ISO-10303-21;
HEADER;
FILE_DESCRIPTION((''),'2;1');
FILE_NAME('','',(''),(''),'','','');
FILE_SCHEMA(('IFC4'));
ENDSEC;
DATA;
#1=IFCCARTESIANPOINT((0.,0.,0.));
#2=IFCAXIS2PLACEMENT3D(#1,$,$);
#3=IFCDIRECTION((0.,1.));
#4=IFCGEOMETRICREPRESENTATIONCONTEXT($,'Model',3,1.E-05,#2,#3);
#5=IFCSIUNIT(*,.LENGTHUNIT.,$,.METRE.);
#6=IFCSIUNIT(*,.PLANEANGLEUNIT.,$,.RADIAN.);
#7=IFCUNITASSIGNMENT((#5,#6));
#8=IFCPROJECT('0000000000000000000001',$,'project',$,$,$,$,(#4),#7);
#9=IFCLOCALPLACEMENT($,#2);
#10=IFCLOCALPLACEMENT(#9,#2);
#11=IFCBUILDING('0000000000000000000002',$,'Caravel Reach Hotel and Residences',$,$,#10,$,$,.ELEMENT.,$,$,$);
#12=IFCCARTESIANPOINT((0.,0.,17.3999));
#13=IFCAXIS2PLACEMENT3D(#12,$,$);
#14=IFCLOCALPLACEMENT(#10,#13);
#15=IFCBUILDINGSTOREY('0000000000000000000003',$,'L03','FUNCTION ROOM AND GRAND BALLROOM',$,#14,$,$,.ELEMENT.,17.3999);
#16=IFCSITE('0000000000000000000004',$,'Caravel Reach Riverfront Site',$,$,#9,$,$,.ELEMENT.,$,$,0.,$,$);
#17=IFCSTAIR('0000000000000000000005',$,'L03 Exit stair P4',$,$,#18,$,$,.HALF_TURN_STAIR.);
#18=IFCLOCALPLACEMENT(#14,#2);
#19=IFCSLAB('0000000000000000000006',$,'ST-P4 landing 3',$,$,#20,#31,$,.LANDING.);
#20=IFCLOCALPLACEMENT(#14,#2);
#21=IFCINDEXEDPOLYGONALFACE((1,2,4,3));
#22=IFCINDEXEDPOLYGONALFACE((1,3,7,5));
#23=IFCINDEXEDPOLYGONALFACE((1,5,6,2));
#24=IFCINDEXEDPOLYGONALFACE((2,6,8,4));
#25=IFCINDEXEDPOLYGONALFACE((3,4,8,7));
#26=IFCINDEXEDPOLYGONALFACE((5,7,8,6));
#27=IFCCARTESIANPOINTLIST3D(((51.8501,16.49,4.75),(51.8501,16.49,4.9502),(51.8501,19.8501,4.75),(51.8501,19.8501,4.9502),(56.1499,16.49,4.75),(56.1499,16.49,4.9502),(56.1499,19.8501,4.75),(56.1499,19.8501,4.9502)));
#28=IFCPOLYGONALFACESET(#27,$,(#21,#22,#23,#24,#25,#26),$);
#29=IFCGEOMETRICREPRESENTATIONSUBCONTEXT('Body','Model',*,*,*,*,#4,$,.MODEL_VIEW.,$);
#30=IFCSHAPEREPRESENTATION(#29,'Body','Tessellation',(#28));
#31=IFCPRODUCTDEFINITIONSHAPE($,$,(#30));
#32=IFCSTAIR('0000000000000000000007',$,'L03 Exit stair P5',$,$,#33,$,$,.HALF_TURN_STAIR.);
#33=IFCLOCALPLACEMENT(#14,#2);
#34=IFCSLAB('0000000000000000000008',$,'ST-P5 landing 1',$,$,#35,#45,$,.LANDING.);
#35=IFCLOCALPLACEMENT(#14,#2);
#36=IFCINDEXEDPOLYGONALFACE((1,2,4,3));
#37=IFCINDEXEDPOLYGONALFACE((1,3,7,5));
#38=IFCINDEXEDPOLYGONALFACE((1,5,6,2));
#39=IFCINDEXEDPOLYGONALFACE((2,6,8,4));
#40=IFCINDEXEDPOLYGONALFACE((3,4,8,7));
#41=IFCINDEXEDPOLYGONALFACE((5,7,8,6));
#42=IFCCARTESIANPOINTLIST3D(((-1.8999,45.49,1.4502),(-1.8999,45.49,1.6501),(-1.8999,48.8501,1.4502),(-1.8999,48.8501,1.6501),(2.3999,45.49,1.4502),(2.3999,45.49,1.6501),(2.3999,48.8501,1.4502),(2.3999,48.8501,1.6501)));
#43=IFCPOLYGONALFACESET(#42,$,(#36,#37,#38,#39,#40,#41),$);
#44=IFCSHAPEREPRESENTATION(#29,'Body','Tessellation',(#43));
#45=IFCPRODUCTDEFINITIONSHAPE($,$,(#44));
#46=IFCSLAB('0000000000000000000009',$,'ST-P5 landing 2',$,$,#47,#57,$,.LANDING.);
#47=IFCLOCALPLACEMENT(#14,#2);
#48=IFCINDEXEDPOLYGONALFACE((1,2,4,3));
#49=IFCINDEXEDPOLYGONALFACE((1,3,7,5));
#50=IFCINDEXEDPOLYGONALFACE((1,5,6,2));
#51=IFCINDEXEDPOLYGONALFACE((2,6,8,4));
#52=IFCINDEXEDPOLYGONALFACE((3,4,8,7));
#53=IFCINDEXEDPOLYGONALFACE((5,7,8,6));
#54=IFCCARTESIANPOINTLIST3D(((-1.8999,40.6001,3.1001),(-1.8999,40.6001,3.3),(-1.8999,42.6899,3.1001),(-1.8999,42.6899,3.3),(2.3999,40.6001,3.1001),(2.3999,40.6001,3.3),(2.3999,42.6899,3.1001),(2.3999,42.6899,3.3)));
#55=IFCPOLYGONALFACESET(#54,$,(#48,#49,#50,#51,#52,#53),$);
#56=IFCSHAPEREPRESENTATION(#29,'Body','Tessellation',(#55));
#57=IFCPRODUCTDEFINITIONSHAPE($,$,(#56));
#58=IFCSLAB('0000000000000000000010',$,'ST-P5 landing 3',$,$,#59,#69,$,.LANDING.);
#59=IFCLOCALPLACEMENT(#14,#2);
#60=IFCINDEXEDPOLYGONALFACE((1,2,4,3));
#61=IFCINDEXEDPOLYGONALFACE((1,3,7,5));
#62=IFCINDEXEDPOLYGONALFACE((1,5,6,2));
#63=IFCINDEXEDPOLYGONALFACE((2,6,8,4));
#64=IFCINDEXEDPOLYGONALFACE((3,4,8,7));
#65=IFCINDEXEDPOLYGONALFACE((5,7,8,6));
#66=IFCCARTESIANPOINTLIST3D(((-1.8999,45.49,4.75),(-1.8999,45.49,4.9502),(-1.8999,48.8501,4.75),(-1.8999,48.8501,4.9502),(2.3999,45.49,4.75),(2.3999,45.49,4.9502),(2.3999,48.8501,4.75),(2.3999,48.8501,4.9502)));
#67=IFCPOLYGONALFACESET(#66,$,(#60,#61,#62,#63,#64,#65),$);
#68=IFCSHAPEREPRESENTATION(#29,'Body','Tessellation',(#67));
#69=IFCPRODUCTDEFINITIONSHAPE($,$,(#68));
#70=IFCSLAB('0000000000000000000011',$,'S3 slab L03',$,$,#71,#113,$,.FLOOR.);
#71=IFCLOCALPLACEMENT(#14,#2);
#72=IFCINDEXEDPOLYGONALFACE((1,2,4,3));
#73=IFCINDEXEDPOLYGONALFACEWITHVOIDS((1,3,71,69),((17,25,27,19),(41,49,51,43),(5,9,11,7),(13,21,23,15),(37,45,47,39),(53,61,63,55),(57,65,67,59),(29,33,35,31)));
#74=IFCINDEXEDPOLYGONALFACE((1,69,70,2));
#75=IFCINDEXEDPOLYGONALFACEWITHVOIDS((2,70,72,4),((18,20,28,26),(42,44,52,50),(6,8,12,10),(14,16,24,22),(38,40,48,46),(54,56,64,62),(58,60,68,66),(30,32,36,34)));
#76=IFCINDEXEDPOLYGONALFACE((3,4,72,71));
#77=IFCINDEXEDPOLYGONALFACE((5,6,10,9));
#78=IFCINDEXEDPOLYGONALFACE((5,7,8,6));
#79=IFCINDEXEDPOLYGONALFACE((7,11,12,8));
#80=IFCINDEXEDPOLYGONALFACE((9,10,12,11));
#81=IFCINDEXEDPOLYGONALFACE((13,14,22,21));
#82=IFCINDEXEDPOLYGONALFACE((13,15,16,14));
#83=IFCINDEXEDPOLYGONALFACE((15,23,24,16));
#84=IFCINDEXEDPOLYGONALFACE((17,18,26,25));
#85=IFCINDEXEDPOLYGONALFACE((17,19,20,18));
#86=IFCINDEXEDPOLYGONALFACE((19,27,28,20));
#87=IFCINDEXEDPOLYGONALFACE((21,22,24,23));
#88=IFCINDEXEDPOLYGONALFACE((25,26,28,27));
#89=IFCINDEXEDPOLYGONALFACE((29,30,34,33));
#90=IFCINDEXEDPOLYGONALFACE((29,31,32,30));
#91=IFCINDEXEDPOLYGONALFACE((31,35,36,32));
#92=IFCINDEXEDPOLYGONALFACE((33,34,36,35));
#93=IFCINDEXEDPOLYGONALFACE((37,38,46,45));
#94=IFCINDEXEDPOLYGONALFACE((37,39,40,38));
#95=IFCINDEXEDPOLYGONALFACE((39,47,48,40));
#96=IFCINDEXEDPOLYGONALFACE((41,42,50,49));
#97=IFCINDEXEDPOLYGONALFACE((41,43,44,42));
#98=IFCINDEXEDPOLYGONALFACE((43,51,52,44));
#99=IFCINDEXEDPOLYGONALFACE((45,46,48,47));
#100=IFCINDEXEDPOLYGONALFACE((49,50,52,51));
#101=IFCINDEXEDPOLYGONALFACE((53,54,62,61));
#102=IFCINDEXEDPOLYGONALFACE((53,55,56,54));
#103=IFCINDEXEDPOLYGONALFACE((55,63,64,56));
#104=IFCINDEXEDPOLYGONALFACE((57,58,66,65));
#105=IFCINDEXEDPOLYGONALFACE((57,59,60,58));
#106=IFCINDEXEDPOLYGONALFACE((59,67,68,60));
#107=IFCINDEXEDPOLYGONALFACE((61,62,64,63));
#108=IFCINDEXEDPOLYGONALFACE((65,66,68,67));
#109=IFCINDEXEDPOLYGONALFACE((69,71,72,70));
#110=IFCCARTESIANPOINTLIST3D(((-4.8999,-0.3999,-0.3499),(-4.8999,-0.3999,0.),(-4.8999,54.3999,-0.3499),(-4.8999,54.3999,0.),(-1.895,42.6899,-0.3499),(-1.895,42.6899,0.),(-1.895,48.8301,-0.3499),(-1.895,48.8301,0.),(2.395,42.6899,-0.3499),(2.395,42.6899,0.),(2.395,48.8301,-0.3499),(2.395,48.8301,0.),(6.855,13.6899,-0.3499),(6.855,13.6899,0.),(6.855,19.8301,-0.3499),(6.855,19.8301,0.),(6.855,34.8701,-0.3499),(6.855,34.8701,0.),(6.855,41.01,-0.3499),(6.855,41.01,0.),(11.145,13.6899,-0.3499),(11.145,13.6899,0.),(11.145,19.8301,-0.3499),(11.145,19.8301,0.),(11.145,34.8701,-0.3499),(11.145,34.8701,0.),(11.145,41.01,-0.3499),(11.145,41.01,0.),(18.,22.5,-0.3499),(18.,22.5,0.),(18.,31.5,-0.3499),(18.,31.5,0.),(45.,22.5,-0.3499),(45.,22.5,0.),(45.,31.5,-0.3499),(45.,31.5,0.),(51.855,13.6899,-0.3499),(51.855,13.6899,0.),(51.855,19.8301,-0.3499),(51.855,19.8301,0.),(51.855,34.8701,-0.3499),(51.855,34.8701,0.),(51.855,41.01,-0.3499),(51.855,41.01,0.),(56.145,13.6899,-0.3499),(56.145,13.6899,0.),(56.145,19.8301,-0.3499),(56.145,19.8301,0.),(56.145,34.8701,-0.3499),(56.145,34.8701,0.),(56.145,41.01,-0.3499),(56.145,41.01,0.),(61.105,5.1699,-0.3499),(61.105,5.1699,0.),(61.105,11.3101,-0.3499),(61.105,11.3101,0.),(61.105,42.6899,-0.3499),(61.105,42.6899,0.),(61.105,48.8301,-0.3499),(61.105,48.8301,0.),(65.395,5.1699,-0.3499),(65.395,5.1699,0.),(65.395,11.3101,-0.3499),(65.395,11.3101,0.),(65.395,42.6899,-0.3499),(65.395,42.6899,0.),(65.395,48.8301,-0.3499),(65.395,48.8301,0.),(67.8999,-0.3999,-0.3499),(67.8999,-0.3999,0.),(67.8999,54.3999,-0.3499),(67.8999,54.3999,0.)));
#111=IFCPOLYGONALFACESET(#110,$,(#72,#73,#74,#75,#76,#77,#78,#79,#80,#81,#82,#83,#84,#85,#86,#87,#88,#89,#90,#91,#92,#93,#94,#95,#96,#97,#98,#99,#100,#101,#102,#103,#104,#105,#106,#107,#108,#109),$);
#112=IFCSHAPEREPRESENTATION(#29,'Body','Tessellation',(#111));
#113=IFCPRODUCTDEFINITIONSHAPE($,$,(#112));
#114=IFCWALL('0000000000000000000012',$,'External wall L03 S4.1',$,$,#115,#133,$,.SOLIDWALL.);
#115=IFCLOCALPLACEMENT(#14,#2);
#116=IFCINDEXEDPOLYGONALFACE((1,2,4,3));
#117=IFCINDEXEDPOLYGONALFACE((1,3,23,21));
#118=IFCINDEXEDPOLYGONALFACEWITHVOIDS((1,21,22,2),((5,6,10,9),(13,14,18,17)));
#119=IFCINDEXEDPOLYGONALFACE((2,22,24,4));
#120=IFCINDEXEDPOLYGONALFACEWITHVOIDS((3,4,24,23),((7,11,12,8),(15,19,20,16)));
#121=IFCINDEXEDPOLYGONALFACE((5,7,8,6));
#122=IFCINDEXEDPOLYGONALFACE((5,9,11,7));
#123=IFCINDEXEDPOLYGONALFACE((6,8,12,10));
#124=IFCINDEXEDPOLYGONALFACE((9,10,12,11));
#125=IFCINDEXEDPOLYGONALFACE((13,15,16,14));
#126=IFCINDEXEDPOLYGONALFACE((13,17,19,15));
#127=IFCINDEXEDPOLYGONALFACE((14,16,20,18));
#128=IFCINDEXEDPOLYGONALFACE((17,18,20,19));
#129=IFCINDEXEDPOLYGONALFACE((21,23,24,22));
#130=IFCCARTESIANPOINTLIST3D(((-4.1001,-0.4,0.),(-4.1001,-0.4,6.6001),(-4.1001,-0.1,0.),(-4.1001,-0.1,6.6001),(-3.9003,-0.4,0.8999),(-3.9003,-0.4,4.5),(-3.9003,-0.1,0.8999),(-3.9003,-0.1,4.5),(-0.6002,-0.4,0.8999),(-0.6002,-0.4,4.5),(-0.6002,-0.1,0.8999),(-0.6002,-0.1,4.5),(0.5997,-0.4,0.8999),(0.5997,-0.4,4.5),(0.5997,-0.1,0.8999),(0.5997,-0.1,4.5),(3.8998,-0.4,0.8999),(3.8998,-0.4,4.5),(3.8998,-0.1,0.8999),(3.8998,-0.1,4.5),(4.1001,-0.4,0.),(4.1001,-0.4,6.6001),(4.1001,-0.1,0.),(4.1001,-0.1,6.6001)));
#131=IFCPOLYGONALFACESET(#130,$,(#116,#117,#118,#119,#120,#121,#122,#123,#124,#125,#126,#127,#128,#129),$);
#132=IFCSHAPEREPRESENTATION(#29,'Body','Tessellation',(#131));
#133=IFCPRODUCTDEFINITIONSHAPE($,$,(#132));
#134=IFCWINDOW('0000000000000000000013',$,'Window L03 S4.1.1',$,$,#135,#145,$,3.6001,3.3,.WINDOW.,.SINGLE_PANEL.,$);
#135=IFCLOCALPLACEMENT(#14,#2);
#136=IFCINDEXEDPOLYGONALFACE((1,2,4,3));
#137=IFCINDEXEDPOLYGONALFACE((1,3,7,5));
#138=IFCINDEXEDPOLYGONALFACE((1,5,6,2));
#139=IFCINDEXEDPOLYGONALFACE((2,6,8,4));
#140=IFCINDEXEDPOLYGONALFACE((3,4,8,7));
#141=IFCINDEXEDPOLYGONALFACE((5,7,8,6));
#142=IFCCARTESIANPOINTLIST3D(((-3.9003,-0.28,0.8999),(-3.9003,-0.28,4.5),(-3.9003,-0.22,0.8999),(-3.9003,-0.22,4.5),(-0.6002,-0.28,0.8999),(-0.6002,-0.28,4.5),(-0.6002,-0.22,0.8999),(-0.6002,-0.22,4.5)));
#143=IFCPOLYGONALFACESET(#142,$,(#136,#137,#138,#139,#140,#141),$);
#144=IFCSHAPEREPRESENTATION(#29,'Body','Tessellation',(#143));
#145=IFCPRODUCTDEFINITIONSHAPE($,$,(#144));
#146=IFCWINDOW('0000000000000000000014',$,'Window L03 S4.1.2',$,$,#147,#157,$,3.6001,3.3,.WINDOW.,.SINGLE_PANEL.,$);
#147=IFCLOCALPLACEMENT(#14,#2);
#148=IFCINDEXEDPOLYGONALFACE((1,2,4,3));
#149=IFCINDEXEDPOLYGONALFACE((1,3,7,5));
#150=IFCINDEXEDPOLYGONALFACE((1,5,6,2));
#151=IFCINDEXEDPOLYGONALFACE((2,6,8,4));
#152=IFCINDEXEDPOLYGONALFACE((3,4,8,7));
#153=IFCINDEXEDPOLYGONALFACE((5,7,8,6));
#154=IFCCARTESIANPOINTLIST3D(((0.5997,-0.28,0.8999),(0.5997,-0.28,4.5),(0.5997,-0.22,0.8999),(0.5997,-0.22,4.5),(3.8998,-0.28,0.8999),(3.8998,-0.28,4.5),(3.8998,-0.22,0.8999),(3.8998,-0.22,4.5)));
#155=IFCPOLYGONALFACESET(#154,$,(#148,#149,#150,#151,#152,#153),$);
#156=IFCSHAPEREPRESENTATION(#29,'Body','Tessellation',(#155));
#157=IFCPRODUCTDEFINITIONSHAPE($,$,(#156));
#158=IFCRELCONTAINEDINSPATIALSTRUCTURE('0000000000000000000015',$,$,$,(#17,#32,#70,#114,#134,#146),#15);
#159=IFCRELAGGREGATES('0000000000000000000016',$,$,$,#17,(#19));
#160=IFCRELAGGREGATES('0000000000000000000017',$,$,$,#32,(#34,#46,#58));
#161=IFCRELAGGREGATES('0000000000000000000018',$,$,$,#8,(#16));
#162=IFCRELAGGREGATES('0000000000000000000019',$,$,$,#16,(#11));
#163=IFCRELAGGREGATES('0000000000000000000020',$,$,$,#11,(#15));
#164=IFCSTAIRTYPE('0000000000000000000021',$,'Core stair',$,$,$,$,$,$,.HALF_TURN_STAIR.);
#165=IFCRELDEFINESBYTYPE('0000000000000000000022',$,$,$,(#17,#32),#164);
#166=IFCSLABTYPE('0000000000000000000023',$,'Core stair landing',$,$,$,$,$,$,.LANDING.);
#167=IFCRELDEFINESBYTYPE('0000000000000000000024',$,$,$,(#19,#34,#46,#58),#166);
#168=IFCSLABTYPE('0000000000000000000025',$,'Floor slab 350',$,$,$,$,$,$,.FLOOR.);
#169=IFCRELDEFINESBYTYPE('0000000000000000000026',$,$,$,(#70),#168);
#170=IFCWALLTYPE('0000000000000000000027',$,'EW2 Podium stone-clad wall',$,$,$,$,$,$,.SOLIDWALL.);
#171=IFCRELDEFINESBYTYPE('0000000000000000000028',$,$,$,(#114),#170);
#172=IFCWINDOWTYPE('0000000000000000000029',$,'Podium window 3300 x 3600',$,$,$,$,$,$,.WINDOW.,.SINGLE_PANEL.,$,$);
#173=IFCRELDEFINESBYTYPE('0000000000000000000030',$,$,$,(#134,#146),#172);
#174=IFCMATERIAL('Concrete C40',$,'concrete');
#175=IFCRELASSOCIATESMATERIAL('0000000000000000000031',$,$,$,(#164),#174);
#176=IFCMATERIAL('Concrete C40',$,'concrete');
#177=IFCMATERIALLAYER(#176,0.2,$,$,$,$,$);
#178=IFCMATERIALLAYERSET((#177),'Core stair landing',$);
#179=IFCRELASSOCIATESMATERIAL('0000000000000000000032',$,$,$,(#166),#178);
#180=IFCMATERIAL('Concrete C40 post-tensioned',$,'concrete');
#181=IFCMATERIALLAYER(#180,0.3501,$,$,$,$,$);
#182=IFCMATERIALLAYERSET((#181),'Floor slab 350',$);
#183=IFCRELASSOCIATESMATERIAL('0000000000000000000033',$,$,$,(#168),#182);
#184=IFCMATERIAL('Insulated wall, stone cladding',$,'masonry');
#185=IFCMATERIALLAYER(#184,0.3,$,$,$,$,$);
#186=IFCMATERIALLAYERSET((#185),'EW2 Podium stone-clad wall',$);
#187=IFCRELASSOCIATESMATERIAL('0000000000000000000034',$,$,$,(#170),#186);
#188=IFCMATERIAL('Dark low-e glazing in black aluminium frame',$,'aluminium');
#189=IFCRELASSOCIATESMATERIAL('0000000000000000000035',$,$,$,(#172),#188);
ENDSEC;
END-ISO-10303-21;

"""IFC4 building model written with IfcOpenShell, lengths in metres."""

from ifc_helpers import new_model, si_unit, direction, frame, frame_2d, origin, place, context, subcontext, project, spatial, polyline, rectangle, outline, extrude, material, layer, layer_set, type_object, element, fill, aggregate, save


model = new_model("IFC4")

# Units and contexts
model_context = context("Model", 3, precision=1e-05, world=origin(), true_north=direction((0.0, 1.0)))
body_context = subcontext(model_context, "Body", "Model", "MODEL_VIEW")
ifc_project = project(units=[si_unit("LENGTHUNIT", "METRE"), si_unit("PLANEANGLEUNIT", "RADIAN")], contexts=[model_context])

# Site, building, storey
site_placement = place(None, origin())
site = spatial("IfcSite", under=ifc_project, at=site_placement, Name="Caravel Reach Riverfront Site", CompositionType="ELEMENT", RefElevation=0.0)
building_placement = place(site_placement, origin())
building = spatial("IfcBuilding", under=site, at=building_placement, Name="Caravel Reach Hotel and Residences", CompositionType="ELEMENT")
storey_placement = place(building_placement, frame((0.0, 0.0, 17.3999)))
storey = spatial("IfcBuildingStorey", under=building, at=storey_placement, Name="L03", Description="FUNCTION ROOM AND GRAND BALLROOM", CompositionType="ELEMENT", Elevation=17.3999)

# Stairs, slabs
ifc_material_1 = material(Name="Concrete C40", Category="concrete")
stair_type = type_object("IfcStairType", Name="Core stair", PredefinedType="HALF_TURN_STAIR", material=ifc_material_1)
ifc_material_2 = material(Name="Concrete C40", Category="concrete")
ifc_layer_1 = layer(ifc_material_2, 0.2)
ifc_layer_set_1 = layer_set([ifc_layer_1], Name="Core stair landing")
slab_type_1 = type_object("IfcSlabType", Name="Core stair landing", PredefinedType="LANDING", material=ifc_layer_set_1)
stair_1_placement = place(storey_placement, origin())
stair_1 = element("IfcStair", 1, at=stair_1_placement, inside=storey, type_object=stair_type, Name="L03 Exit stair P4", PredefinedType="HALF_TURN_STAIR")
slab_1_placement = place(storey_placement, frame((0.0, 0.0, 4.75)))
slab_1 = element("IfcSlab", 2, at=slab_1_placement, type_object=slab_type_1, Name="ST-P4 landing 3", PredefinedType="LANDING", context=body_context, shape_type="SweptSolid", body=[
    extrude(outline(polyline([(56.1499, 16.49), (56.1499, 19.8501), (51.8501, 19.8501), (51.8501, 16.49), (56.1499, 16.49)])), origin(), (0.0, 0.0, 1.0), 0.2002),
])
aggregate(stair_1, [slab_1])
stair_2_placement = place(storey_placement, origin())
stair_2 = element("IfcStair", 3, at=stair_2_placement, inside=storey, type_object=stair_type, Name="L03 Exit stair P5", PredefinedType="HALF_TURN_STAIR")
slab_2_placement = place(storey_placement, frame((0.0, 0.0, 1.4502)))
slab_2 = element("IfcSlab", 4, at=slab_2_placement, type_object=slab_type_1, Name="ST-P5 landing 1", PredefinedType="LANDING", context=body_context, shape_type="SweptSolid", body=[
    extrude(outline(polyline([(2.3999, 45.49), (2.3999, 48.8501), (-1.8999, 48.8501), (-1.8999, 45.49), (2.3999, 45.49)])), origin(), (0.0, 0.0, 1.0), 0.2),
])
slab_3_placement = place(storey_placement, frame((0.0, 0.0, 3.1001)))
slab_3 = element("IfcSlab", 5, at=slab_3_placement, type_object=slab_type_1, Name="ST-P5 landing 2", PredefinedType="LANDING", context=body_context, shape_type="SweptSolid", body=[
    extrude(outline(polyline([(2.3999, 40.6001), (2.3999, 42.6899), (-1.8999, 42.6899), (-1.8999, 40.6001), (2.3999, 40.6001)])), origin(), (0.0, 0.0, 1.0), 0.2),
])
slab_4_placement = place(storey_placement, frame((0.0, 0.0, 4.75)))
slab_4 = element("IfcSlab", 6, at=slab_4_placement, type_object=slab_type_1, Name="ST-P5 landing 3", PredefinedType="LANDING", context=body_context, shape_type="SweptSolid", body=[
    extrude(outline(polyline([(2.3999, 45.49), (2.3999, 48.8501), (-1.8999, 48.8501), (-1.8999, 45.49), (2.3999, 45.49)])), origin(), (0.0, 0.0, 1.0), 0.2002),
])
aggregate(stair_2, [slab_2, slab_3, slab_4])

# Slab
ifc_material_3 = material(Name="Concrete C40 post-tensioned", Category="concrete")
ifc_layer_2 = layer(ifc_material_3, 0.3501)
ifc_layer_set_2 = layer_set([ifc_layer_2], Name="Floor slab 350")
slab_type_2 = type_object("IfcSlabType", Name="Floor slab 350", PredefinedType="FLOOR", material=ifc_layer_set_2)
slab_5_placement = place(storey_placement, frame((0.0, 0.0, -0.3499)))
element("IfcSlab", 7, at=slab_5_placement, inside=storey, type_object=slab_type_2, Name="S3 slab L03", PredefinedType="FLOOR", context=body_context, shape_type="SweptSolid", body=[
    extrude(outline(polyline([(-4.8999, -0.3999), (-4.8999, 54.3999), (67.8999, 54.3999), (67.8999, -0.3999), (-4.8999, -0.3999)]), holes=[polyline([(45.0, 22.5), (45.0, 31.5), (18.0, 31.5), (18.0, 22.5), (45.0, 22.5)]), polyline([(11.145, 41.01), (6.855, 41.01), (6.855, 34.8701), (11.145, 34.8701), (11.145, 41.01)]), polyline([(56.145, 34.8701), (56.145, 41.01), (51.855, 41.01), (51.855, 34.8701), (56.145, 34.8701)]), polyline([(11.145, 19.8301), (6.855, 19.8301), (6.855, 13.6899), (11.145, 13.6899), (11.145, 19.8301)]), polyline([(56.145, 13.6899), (56.145, 19.8301), (51.855, 19.8301), (51.855, 13.6899), (56.145, 13.6899)]), polyline([(-1.895, 42.6899), (2.395, 42.6899), (2.395, 48.8301), (-1.895, 48.8301), (-1.895, 42.6899)]), polyline([(61.105, 48.8301), (61.105, 42.6899), (65.395, 42.6899), (65.395, 48.8301), (61.105, 48.8301)]), polyline([(61.105, 5.1699), (65.395, 5.1699), (65.395, 11.3101), (61.105, 11.3101), (61.105, 5.1699)])]), origin(), (0.0, 0.0, 1.0), 0.3499),
])

# Wall, openings, windows
ifc_material_4 = material(Name="Insulated wall, stone cladding", Category="masonry")
ifc_layer_3 = layer(ifc_material_4, 0.3)
ifc_layer_set_3 = layer_set([ifc_layer_3], Name="EW2 Podium stone-clad wall")
wall_type_1 = type_object("IfcWallType", Name="EW2 Podium stone-clad wall", PredefinedType="SOLIDWALL", material=ifc_layer_set_3)
wall_1_placement = place(storey_placement, frame((-4.1001, -0.25, 0.0), z_axis=(0.0, 0.0, 1.0), x_axis=(1.0, 0.0, 0.0)))
wall_1 = element("IfcWall", 8, at=wall_1_placement, inside=storey, type_object=wall_type_1, Name="External wall L03 S4.1", PredefinedType="SOLIDWALL", context=body_context, shape_type="SweptSolid", body=[
    extrude(rectangle(XDim=8.2002, YDim=0.3, at=frame_2d((4.1001, 0.0))), origin(), (0.0, 0.0, 1.0), 6.6001),
])
opening_1_placement = place(wall_1_placement, frame((0.2, 0.0, 0.8999)))
opening_1 = element("IfcOpeningElement", 9, at=opening_1_placement, cuts=wall_1, PredefinedType="OPENING", context=body_context, shape_type="SweptSolid", body=[
    extrude(rectangle(XDim=3.3, YDim=3.6001, at=frame_2d((1.6499, 1.8))), frame((0.0, 0.1599, 0.0), z_axis=(0.0, -1.0, 0.0), x_axis=(1.0, 0.0, 0.0)), (0.0, 0.0, 1.0), 0.3201),
])
opening_2_placement = place(wall_1_placement, frame((4.7, 0.0, 0.8999)))
opening_2 = element("IfcOpeningElement", 10, at=opening_2_placement, cuts=wall_1, PredefinedType="OPENING", context=body_context, shape_type="SweptSolid", body=[
    extrude(rectangle(XDim=3.3, YDim=3.6001, at=frame_2d((1.6499, 1.8))), frame((0.0, 0.1599, 0.0), z_axis=(0.0, -1.0, 0.0), x_axis=(1.0, 0.0, 0.0)), (0.0, 0.0, 1.0), 0.3201),
])
ifc_material_5 = material(Name="Dark low-e glazing in black aluminium frame", Category="aluminium")
window_type = type_object("IfcWindowType", Name="Podium window 3300 x 3600", PartitioningType="SINGLE_PANEL", PredefinedType="WINDOW", material=ifc_material_5)
window_1_placement = place(opening_1_placement, origin())
window_1 = element("IfcWindow", 11, at=window_1_placement, inside=storey, type_object=window_type, Name="Window L03 S4.1.1", OverallHeight=3.6001, OverallWidth=3.3, PartitioningType="SINGLE_PANEL", PredefinedType="WINDOW", context=body_context, shape_type="SweptSolid", body=[
    extrude(rectangle(XDim=3.3, YDim=3.6001, at=frame_2d((1.6499, 1.8))), frame((0.0, 0.03, 0.0), z_axis=(0.0, -1.0, 0.0), x_axis=(1.0, 0.0, 0.0)), (0.0, 0.0, 1.0), 0.0601),
])
fill(opening_1, window_1)
window_2_placement = place(opening_2_placement, origin())
window_2 = element("IfcWindow", 12, at=window_2_placement, inside=storey, type_object=window_type, Name="Window L03 S4.1.2", OverallHeight=3.6001, OverallWidth=3.3, PartitioningType="SINGLE_PANEL", PredefinedType="WINDOW", context=body_context, shape_type="SweptSolid", body=[
    extrude(rectangle(XDim=3.3, YDim=3.6001, at=frame_2d((1.6499, 1.8))), frame((0.0, 0.03, 0.0), z_axis=(0.0, -1.0, 0.0), x_axis=(1.0, 0.0, 0.0)), (0.0, 0.0, 1.0), 0.0601),
])
fill(opening_2, window_2)

save(model, "model.ifc")
